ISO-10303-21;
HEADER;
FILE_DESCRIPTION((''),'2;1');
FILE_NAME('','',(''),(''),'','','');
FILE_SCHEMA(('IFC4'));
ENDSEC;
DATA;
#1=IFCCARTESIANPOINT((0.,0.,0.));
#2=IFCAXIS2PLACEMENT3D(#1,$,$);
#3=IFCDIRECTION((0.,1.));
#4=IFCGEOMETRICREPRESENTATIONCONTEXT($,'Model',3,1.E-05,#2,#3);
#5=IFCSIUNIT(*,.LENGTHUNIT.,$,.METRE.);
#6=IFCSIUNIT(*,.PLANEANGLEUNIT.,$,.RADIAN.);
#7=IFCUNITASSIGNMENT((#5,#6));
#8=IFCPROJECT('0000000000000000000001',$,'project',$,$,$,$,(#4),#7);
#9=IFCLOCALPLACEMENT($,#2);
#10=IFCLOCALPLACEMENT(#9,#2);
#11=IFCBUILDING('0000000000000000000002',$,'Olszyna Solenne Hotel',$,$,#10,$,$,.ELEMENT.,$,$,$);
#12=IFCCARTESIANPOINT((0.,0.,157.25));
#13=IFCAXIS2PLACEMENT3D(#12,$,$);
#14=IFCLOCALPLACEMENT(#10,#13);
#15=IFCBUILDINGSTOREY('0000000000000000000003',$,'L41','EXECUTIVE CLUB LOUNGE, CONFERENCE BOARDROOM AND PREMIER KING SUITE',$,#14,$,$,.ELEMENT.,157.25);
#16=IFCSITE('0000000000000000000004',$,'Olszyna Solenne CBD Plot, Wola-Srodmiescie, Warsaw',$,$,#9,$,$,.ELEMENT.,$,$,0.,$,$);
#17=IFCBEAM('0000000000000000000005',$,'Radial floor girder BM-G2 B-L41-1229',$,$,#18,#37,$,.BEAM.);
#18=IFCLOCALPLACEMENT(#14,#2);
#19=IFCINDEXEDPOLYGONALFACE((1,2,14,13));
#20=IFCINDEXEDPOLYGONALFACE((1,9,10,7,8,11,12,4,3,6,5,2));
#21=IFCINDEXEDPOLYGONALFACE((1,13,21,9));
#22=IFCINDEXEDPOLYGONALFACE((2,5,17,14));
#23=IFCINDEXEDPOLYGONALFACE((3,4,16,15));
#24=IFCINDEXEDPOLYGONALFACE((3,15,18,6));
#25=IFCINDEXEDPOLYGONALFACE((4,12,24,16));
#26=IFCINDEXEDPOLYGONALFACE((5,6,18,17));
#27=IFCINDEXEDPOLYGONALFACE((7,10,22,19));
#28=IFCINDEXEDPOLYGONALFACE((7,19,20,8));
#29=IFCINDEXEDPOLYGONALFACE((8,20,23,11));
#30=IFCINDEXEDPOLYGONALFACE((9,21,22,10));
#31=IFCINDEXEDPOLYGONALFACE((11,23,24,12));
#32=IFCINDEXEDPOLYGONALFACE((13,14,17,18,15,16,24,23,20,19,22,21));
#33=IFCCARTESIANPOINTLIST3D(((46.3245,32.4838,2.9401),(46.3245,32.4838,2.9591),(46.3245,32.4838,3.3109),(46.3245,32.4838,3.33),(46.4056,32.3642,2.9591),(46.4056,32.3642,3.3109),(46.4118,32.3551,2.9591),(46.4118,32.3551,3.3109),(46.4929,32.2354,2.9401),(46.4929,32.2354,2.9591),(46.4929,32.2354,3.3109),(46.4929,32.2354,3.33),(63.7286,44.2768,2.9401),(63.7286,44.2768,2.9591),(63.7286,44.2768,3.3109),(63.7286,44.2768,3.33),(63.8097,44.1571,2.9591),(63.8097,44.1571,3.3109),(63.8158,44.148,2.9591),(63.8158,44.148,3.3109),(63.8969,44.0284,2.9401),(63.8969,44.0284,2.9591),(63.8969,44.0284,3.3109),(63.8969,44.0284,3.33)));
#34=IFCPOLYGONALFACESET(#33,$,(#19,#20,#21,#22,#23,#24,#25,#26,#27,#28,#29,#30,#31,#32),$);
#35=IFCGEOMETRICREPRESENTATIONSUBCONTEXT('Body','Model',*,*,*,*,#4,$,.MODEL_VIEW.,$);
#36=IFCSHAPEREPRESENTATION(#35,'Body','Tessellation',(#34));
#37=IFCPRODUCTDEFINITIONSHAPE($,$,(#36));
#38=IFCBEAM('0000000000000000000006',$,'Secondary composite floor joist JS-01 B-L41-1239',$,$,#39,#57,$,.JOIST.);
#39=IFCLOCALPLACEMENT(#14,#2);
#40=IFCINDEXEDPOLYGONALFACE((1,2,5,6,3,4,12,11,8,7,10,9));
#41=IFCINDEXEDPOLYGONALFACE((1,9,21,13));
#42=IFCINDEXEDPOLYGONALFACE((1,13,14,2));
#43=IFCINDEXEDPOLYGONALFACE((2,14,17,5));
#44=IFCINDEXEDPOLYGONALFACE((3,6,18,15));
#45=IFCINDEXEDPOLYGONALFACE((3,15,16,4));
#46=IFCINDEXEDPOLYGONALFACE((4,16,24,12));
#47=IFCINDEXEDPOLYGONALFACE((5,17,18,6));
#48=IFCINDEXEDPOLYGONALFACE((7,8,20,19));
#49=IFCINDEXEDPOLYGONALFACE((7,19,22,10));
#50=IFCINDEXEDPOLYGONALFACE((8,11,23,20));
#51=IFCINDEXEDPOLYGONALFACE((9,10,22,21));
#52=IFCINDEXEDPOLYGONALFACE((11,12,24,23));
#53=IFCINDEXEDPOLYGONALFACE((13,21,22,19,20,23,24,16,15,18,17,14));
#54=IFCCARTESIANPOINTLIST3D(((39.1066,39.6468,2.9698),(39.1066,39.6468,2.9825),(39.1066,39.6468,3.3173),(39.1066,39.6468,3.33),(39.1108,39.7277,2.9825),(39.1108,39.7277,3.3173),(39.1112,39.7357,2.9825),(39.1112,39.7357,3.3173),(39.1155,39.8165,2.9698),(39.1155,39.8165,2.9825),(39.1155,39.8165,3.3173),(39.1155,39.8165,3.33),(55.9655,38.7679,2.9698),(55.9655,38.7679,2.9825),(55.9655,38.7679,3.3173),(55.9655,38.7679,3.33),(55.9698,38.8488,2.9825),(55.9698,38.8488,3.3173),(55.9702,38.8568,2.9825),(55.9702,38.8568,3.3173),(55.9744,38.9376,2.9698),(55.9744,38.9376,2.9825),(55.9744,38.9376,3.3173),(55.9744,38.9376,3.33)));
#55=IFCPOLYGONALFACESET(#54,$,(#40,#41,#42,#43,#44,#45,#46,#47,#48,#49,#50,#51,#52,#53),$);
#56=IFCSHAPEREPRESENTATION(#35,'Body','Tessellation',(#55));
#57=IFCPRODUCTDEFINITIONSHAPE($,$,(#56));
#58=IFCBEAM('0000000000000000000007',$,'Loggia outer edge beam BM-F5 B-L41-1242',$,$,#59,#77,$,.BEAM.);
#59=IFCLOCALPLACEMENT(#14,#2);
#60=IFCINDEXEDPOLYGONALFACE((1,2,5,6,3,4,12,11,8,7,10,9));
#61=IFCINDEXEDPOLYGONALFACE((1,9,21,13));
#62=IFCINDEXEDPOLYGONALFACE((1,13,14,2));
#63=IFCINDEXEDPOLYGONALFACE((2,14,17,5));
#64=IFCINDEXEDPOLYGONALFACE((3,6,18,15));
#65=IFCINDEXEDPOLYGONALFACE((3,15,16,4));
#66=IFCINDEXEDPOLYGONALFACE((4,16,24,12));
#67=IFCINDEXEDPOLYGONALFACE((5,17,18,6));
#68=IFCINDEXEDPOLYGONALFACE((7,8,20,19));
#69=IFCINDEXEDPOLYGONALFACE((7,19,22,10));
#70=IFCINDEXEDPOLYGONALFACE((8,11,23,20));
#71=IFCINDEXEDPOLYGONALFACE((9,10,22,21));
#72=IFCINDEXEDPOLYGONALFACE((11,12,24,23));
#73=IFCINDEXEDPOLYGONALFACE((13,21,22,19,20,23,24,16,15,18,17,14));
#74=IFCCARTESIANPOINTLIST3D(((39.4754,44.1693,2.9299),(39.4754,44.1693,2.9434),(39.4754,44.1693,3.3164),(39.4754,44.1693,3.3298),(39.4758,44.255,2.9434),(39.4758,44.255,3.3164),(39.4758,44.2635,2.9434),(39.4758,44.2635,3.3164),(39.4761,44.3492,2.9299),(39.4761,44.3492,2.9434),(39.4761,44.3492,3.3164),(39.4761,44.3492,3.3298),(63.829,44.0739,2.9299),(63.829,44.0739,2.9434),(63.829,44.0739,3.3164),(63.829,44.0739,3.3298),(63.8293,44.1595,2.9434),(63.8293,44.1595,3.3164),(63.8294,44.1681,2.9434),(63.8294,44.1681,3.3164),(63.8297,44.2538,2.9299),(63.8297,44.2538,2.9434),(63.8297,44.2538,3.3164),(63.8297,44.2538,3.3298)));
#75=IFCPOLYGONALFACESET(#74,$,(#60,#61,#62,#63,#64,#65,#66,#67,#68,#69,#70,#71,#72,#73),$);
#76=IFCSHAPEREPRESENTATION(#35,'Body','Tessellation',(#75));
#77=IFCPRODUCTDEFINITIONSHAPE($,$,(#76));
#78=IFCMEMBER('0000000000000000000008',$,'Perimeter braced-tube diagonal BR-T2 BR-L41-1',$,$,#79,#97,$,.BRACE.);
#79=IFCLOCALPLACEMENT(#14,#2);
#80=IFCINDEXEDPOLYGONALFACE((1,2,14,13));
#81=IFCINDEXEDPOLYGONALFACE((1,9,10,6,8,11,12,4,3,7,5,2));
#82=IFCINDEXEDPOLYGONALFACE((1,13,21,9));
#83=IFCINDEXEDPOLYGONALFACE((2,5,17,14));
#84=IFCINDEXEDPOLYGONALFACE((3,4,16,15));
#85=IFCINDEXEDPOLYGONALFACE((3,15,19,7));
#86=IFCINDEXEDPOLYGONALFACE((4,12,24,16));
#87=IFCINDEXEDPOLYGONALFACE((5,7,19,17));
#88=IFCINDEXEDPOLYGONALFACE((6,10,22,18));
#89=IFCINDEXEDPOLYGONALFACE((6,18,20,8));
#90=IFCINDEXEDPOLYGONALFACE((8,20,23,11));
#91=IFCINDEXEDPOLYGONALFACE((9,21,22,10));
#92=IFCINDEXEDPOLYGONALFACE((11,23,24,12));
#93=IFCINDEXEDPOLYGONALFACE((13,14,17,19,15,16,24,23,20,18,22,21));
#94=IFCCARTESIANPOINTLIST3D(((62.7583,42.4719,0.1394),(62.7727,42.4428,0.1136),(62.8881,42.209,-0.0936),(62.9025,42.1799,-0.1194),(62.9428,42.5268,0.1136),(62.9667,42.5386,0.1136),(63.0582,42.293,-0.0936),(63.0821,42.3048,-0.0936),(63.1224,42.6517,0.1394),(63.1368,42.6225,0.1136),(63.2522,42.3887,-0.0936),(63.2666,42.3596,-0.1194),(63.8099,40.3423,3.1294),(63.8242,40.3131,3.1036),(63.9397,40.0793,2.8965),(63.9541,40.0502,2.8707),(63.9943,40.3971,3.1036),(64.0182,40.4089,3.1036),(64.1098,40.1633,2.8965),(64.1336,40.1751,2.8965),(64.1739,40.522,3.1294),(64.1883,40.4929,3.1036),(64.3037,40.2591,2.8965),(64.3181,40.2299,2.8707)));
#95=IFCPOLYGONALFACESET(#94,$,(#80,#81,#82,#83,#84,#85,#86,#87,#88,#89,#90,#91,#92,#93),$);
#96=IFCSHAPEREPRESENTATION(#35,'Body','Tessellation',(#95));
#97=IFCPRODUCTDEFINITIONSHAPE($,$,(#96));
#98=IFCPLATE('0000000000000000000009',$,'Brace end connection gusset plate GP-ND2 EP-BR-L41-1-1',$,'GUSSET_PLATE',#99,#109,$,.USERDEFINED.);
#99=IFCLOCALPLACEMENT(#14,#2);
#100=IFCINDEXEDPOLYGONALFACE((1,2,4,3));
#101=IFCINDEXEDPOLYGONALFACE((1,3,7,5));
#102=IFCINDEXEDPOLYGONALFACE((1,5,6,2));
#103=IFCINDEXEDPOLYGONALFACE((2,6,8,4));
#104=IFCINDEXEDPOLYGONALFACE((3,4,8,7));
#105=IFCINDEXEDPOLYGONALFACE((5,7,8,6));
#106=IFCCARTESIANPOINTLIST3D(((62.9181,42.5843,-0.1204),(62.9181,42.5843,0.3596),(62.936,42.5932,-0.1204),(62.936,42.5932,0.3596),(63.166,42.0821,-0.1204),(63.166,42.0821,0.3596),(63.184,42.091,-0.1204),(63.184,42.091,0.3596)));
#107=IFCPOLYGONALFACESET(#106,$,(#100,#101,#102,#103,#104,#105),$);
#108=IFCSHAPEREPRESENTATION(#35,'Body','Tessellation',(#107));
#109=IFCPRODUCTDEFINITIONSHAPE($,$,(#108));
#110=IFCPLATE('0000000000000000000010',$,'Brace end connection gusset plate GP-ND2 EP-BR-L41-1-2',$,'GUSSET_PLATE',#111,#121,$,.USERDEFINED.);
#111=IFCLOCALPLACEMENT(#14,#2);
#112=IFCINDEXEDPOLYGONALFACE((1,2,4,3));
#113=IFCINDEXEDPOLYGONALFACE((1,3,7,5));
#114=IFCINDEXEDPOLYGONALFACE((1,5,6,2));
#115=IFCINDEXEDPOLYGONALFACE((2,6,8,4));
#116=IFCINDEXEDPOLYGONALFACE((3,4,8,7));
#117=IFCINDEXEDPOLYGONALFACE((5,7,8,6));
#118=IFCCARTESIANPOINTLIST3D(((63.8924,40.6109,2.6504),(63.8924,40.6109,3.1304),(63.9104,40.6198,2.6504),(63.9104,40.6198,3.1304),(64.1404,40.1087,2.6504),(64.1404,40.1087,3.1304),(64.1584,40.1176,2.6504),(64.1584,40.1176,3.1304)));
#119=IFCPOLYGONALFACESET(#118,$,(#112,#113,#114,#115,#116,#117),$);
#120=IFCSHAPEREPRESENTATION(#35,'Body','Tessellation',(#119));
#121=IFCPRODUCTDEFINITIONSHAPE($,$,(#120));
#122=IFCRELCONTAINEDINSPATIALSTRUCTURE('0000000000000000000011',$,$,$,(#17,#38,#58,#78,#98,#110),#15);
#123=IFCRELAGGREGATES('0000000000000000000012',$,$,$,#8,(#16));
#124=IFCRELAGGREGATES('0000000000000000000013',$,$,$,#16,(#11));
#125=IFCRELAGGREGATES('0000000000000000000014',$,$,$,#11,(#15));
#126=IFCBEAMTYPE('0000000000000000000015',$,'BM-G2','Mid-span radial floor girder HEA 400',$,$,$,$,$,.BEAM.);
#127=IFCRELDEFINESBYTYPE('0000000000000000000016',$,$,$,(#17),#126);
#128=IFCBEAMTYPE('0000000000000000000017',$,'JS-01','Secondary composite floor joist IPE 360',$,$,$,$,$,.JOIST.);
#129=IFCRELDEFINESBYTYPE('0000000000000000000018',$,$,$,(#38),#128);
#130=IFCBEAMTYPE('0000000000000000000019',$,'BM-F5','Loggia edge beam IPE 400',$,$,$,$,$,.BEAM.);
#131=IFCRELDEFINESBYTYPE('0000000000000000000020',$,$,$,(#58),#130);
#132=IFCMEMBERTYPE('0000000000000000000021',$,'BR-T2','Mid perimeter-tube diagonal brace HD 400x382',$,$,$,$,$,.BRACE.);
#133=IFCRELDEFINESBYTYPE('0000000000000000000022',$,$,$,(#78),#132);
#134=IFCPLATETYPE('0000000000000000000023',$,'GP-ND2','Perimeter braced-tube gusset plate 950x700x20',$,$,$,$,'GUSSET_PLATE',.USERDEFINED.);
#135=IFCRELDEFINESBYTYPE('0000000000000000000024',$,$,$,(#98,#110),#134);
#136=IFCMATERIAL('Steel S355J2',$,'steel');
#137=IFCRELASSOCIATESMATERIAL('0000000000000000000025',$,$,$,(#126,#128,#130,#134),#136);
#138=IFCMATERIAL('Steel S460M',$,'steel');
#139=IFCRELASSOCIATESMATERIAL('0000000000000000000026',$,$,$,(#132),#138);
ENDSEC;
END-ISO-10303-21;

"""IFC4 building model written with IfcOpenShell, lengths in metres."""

from ifc_helpers import new_model, si_unit, direction, frame, origin, origin_2d, place, context, subcontext, project, spatial, rectangle, i_section, extrude, source, transform, mapped, material, material_profile, profile_set, type_object, element, save


model = new_model("IFC4")

# Units and contexts
model_context = context("Model", 3, precision=1e-05, world=origin(), true_north=direction((0.0, 1.0)))
body_context = subcontext(model_context, "Body", "Model", "MODEL_VIEW")
ifc_project = project(units=[si_unit("LENGTHUNIT", "METRE"), si_unit("PLANEANGLEUNIT", "RADIAN")], contexts=[model_context])

# Site, building, storey
site_placement = place(None, origin())
site = spatial("IfcSite", under=ifc_project, at=site_placement, Name="Olszyna Solenne CBD Plot, Wola-Srodmiescie, Warsaw", CompositionType="ELEMENT", RefElevation=0.0)
building_placement = place(site_placement, origin())
building = spatial("IfcBuilding", under=site, at=building_placement, Name="Olszyna Solenne Hotel", CompositionType="ELEMENT")
storey_placement = place(building_placement, frame((0.0, 0.0, 157.25)))
storey = spatial("IfcBuildingStorey", under=building, at=storey_placement, Name="L41", Description="EXECUTIVE CLUB LOUNGE, CONFERENCE BOARDROOM AND PREMIER KING SUITE", CompositionType="ELEMENT", Elevation=157.25)

# Shared definitions
ifc_material_1 = material(Name="Steel S460M", Category="steel")

# Beams
ifc_material_2 = material(Name="Steel S355J2", Category="steel")
ifc_material_profile_1 = material_profile(ifc_material_2, i_section(OverallWidth=0.3, OverallDepth=0.3899, WebThickness=0.011, FlangeThickness=0.019, at=origin_2d()), Name="HEA 400", Category="load-bearing")
ifc_profile_set_1 = profile_set([ifc_material_profile_1], Name="Steel S355J2")
beam_type_1 = type_object("IfcBeamType", Name="BM-G2", Description="Mid-span radial floor girder HEA 400", PredefinedType="BEAM", material=ifc_profile_set_1)
shared_shape_1 = source(origin(), body_context, "Body", "SweptSolid", [
    extrude(i_section(OverallWidth=0.3, OverallDepth=0.3899, WebThickness=0.011, FlangeThickness=0.019, at=origin_2d()), origin(), (0.0, 0.0, 1.0), 21.0232),
])
beam_1_placement = place(storey_placement, frame((63.8127, 44.1526, 3.135), z_axis=(-0.82785, -0.56095, 0.0), x_axis=(0.56095, -0.82785, 0.0)))
element("IfcBeam", 1, at=beam_1_placement, inside=storey, type_object=beam_type_1, Name="Radial floor girder BM-G2 B-L41-1229", PredefinedType="BEAM", context=body_context, shape_type="MappedRepresentation", body=[
    mapped(shared_shape_1, transform((0.0, 0.0, 0.0), x_axis=(1.0, 0.0, 0.0), y_axis=(0.0, 1.0, 0.0), z_axis=(0.0, 0.0, 1.0), scale=1.0)),
])
ifc_material_profile_2 = material_profile(ifc_material_2, i_section(OverallWidth=0.1699, OverallDepth=0.3601, WebThickness=0.0081, FlangeThickness=0.0127, at=origin_2d()), Name="IPE 360", Category="load-bearing")
ifc_profile_set_2 = profile_set([ifc_material_profile_2], Name="Steel S355J2")
beam_type_2 = type_object("IfcBeamType", Name="JS-01", Description="Secondary composite floor joist IPE 360", PredefinedType="JOIST", material=ifc_profile_set_2)
shared_shape_2 = source(origin(), body_context, "Body", "SweptSolid", [
    extrude(i_section(OverallWidth=0.1699, OverallDepth=0.3601, WebThickness=0.0081, FlangeThickness=0.0127, at=origin_2d()), origin(), (0.0, 0.0, 1.0), 16.8818),
])
beam_2_placement = place(storey_placement, frame((55.97, 38.8528, 3.1499), z_axis=(-0.998644, 0.052062, 0.0), x_axis=(-0.052062, -0.998644, 0.0)))
element("IfcBeam", 2, at=beam_2_placement, inside=storey, type_object=beam_type_2, Name="Secondary composite floor joist JS-01 B-L41-1239", PredefinedType="JOIST", context=body_context, shape_type="MappedRepresentation", body=[
    mapped(shared_shape_2, transform((0.0, 0.0, 0.0), x_axis=(1.0, 0.0, 0.0), y_axis=(0.0, 1.0, 0.0), z_axis=(0.0, 0.0, 1.0), scale=1.0)),
])
ifc_material_profile_3 = material_profile(ifc_material_2, i_section(OverallWidth=0.1799, OverallDepth=0.3999, WebThickness=0.0085, FlangeThickness=0.0134, at=origin_2d()), Name="IPE 400", Category="load-bearing")
ifc_profile_set_3 = profile_set([ifc_material_profile_3], Name="Steel S355J2")
beam_type_3 = type_object("IfcBeamType", Name="BM-F5", Description="Loggia edge beam IPE 400", PredefinedType="BEAM", material=ifc_profile_set_3)
shared_shape_3 = source(origin(), body_context, "Body", "SweptSolid", [
    extrude(i_section(OverallWidth=0.1799, OverallDepth=0.3999, WebThickness=0.0085, FlangeThickness=0.0134, at=origin_2d()), origin(), (0.0, 0.0, 1.0), 24.3538),
])
beam_3_placement = place(storey_placement, frame((63.8293, 44.1638, 3.1299), z_axis=(-0.999992, 0.00392, 0.0), x_axis=(-0.00392, -0.999992, 0.0)))
element("IfcBeam", 3, at=beam_3_placement, inside=storey, type_object=beam_type_3, Name="Loggia outer edge beam BM-F5 B-L41-1242", PredefinedType="BEAM", context=body_context, shape_type="MappedRepresentation", body=[
    mapped(shared_shape_3, transform((0.0, 0.0, 0.0), x_axis=(1.0, 0.0, 0.0), y_axis=(0.0, 1.0, 0.0), z_axis=(0.0, 0.0, 1.0), scale=1.0)),
])

# Member
ifc_material_profile_4 = material_profile(ifc_material_1, i_section(OverallWidth=0.406, OverallDepth=0.416, WebThickness=0.0266, FlangeThickness=0.0415, at=origin_2d()), Name="HD 400x382", Category="load-bearing")
ifc_profile_set_4 = profile_set([ifc_material_profile_4], Name="Steel S460M")
member_type = type_object("IfcMemberType", Name="BR-T2", Description="Mid perimeter-tube diagonal brace HD 400x382", PredefinedType="BRACE", material=ifc_profile_set_4)
shared_shape_4 = source(origin(), body_context, "Body", "SweptSolid", [
    extrude(i_section(OverallWidth=0.406, OverallDepth=0.416, WebThickness=0.0266, FlangeThickness=0.0415, at=origin_2d()), origin(), (0.0, 0.0, 1.0), 3.8186),
])
member_placement = place(storey_placement, frame((63.0125, 42.4158, 0.01), z_axis=(0.275372, -0.557713, 0.783024), x_axis=(0.896657, 0.442726, 0.0)))
element("IfcMember", 4, at=member_placement, inside=storey, type_object=member_type, Name="Perimeter braced-tube diagonal BR-T2 BR-L41-1", PredefinedType="BRACE", context=body_context, shape_type="MappedRepresentation", body=[
    mapped(shared_shape_4, transform((0.0, 0.0, 0.0), x_axis=(1.0, 0.0, 0.0), y_axis=(0.0, 1.0, 0.0), z_axis=(0.0, 0.0, 1.0), scale=1.0)),
])

# Plates
plate_type = type_object("IfcPlateType", Name="GP-ND2", Description="Perimeter braced-tube gusset plate 950x700x20", ElementType="GUSSET_PLATE", PredefinedType="USERDEFINED", material=ifc_material_2)
shared_shape_5 = source(origin(), body_context, "Body", "SweptSolid", [
    extrude(rectangle(XDim=0.5601, YDim=0.02, at=origin_2d()), origin(), (0.0, 0.0, 1.0), 0.48),
])
for number, where, z_axis, x_axis, name in (
    (5, (63.051, 42.3376, -0.1204), (0.0, 0.0, 1.0), (0.442758, -0.896641, 0.0), "Brace end connection gusset plate GP-ND2 EP-BR-L41-1-1"),
    (6, (64.0254, 40.3643, 2.6504), (0.0, 0.0, 1.0), (0.442758, -0.896641, 0.0), "Brace end connection gusset plate GP-ND2 EP-BR-L41-1-2"),
):
    element("IfcPlate", number, at=place(storey_placement, frame(where, z_axis=z_axis, x_axis=x_axis)), inside=storey, type_object=plate_type, Name=name, ObjectType="GUSSET_PLATE", PredefinedType="USERDEFINED", context=body_context, shape_type="MappedRepresentation", body=[
        mapped(shared_shape_5, transform((0.0, 0.0, 0.0), x_axis=(1.0, 0.0, 0.0), y_axis=(0.0, 1.0, 0.0), z_axis=(0.0, 0.0, 1.0), scale=1.0)),
    ])

save(model, "model.ifc")
